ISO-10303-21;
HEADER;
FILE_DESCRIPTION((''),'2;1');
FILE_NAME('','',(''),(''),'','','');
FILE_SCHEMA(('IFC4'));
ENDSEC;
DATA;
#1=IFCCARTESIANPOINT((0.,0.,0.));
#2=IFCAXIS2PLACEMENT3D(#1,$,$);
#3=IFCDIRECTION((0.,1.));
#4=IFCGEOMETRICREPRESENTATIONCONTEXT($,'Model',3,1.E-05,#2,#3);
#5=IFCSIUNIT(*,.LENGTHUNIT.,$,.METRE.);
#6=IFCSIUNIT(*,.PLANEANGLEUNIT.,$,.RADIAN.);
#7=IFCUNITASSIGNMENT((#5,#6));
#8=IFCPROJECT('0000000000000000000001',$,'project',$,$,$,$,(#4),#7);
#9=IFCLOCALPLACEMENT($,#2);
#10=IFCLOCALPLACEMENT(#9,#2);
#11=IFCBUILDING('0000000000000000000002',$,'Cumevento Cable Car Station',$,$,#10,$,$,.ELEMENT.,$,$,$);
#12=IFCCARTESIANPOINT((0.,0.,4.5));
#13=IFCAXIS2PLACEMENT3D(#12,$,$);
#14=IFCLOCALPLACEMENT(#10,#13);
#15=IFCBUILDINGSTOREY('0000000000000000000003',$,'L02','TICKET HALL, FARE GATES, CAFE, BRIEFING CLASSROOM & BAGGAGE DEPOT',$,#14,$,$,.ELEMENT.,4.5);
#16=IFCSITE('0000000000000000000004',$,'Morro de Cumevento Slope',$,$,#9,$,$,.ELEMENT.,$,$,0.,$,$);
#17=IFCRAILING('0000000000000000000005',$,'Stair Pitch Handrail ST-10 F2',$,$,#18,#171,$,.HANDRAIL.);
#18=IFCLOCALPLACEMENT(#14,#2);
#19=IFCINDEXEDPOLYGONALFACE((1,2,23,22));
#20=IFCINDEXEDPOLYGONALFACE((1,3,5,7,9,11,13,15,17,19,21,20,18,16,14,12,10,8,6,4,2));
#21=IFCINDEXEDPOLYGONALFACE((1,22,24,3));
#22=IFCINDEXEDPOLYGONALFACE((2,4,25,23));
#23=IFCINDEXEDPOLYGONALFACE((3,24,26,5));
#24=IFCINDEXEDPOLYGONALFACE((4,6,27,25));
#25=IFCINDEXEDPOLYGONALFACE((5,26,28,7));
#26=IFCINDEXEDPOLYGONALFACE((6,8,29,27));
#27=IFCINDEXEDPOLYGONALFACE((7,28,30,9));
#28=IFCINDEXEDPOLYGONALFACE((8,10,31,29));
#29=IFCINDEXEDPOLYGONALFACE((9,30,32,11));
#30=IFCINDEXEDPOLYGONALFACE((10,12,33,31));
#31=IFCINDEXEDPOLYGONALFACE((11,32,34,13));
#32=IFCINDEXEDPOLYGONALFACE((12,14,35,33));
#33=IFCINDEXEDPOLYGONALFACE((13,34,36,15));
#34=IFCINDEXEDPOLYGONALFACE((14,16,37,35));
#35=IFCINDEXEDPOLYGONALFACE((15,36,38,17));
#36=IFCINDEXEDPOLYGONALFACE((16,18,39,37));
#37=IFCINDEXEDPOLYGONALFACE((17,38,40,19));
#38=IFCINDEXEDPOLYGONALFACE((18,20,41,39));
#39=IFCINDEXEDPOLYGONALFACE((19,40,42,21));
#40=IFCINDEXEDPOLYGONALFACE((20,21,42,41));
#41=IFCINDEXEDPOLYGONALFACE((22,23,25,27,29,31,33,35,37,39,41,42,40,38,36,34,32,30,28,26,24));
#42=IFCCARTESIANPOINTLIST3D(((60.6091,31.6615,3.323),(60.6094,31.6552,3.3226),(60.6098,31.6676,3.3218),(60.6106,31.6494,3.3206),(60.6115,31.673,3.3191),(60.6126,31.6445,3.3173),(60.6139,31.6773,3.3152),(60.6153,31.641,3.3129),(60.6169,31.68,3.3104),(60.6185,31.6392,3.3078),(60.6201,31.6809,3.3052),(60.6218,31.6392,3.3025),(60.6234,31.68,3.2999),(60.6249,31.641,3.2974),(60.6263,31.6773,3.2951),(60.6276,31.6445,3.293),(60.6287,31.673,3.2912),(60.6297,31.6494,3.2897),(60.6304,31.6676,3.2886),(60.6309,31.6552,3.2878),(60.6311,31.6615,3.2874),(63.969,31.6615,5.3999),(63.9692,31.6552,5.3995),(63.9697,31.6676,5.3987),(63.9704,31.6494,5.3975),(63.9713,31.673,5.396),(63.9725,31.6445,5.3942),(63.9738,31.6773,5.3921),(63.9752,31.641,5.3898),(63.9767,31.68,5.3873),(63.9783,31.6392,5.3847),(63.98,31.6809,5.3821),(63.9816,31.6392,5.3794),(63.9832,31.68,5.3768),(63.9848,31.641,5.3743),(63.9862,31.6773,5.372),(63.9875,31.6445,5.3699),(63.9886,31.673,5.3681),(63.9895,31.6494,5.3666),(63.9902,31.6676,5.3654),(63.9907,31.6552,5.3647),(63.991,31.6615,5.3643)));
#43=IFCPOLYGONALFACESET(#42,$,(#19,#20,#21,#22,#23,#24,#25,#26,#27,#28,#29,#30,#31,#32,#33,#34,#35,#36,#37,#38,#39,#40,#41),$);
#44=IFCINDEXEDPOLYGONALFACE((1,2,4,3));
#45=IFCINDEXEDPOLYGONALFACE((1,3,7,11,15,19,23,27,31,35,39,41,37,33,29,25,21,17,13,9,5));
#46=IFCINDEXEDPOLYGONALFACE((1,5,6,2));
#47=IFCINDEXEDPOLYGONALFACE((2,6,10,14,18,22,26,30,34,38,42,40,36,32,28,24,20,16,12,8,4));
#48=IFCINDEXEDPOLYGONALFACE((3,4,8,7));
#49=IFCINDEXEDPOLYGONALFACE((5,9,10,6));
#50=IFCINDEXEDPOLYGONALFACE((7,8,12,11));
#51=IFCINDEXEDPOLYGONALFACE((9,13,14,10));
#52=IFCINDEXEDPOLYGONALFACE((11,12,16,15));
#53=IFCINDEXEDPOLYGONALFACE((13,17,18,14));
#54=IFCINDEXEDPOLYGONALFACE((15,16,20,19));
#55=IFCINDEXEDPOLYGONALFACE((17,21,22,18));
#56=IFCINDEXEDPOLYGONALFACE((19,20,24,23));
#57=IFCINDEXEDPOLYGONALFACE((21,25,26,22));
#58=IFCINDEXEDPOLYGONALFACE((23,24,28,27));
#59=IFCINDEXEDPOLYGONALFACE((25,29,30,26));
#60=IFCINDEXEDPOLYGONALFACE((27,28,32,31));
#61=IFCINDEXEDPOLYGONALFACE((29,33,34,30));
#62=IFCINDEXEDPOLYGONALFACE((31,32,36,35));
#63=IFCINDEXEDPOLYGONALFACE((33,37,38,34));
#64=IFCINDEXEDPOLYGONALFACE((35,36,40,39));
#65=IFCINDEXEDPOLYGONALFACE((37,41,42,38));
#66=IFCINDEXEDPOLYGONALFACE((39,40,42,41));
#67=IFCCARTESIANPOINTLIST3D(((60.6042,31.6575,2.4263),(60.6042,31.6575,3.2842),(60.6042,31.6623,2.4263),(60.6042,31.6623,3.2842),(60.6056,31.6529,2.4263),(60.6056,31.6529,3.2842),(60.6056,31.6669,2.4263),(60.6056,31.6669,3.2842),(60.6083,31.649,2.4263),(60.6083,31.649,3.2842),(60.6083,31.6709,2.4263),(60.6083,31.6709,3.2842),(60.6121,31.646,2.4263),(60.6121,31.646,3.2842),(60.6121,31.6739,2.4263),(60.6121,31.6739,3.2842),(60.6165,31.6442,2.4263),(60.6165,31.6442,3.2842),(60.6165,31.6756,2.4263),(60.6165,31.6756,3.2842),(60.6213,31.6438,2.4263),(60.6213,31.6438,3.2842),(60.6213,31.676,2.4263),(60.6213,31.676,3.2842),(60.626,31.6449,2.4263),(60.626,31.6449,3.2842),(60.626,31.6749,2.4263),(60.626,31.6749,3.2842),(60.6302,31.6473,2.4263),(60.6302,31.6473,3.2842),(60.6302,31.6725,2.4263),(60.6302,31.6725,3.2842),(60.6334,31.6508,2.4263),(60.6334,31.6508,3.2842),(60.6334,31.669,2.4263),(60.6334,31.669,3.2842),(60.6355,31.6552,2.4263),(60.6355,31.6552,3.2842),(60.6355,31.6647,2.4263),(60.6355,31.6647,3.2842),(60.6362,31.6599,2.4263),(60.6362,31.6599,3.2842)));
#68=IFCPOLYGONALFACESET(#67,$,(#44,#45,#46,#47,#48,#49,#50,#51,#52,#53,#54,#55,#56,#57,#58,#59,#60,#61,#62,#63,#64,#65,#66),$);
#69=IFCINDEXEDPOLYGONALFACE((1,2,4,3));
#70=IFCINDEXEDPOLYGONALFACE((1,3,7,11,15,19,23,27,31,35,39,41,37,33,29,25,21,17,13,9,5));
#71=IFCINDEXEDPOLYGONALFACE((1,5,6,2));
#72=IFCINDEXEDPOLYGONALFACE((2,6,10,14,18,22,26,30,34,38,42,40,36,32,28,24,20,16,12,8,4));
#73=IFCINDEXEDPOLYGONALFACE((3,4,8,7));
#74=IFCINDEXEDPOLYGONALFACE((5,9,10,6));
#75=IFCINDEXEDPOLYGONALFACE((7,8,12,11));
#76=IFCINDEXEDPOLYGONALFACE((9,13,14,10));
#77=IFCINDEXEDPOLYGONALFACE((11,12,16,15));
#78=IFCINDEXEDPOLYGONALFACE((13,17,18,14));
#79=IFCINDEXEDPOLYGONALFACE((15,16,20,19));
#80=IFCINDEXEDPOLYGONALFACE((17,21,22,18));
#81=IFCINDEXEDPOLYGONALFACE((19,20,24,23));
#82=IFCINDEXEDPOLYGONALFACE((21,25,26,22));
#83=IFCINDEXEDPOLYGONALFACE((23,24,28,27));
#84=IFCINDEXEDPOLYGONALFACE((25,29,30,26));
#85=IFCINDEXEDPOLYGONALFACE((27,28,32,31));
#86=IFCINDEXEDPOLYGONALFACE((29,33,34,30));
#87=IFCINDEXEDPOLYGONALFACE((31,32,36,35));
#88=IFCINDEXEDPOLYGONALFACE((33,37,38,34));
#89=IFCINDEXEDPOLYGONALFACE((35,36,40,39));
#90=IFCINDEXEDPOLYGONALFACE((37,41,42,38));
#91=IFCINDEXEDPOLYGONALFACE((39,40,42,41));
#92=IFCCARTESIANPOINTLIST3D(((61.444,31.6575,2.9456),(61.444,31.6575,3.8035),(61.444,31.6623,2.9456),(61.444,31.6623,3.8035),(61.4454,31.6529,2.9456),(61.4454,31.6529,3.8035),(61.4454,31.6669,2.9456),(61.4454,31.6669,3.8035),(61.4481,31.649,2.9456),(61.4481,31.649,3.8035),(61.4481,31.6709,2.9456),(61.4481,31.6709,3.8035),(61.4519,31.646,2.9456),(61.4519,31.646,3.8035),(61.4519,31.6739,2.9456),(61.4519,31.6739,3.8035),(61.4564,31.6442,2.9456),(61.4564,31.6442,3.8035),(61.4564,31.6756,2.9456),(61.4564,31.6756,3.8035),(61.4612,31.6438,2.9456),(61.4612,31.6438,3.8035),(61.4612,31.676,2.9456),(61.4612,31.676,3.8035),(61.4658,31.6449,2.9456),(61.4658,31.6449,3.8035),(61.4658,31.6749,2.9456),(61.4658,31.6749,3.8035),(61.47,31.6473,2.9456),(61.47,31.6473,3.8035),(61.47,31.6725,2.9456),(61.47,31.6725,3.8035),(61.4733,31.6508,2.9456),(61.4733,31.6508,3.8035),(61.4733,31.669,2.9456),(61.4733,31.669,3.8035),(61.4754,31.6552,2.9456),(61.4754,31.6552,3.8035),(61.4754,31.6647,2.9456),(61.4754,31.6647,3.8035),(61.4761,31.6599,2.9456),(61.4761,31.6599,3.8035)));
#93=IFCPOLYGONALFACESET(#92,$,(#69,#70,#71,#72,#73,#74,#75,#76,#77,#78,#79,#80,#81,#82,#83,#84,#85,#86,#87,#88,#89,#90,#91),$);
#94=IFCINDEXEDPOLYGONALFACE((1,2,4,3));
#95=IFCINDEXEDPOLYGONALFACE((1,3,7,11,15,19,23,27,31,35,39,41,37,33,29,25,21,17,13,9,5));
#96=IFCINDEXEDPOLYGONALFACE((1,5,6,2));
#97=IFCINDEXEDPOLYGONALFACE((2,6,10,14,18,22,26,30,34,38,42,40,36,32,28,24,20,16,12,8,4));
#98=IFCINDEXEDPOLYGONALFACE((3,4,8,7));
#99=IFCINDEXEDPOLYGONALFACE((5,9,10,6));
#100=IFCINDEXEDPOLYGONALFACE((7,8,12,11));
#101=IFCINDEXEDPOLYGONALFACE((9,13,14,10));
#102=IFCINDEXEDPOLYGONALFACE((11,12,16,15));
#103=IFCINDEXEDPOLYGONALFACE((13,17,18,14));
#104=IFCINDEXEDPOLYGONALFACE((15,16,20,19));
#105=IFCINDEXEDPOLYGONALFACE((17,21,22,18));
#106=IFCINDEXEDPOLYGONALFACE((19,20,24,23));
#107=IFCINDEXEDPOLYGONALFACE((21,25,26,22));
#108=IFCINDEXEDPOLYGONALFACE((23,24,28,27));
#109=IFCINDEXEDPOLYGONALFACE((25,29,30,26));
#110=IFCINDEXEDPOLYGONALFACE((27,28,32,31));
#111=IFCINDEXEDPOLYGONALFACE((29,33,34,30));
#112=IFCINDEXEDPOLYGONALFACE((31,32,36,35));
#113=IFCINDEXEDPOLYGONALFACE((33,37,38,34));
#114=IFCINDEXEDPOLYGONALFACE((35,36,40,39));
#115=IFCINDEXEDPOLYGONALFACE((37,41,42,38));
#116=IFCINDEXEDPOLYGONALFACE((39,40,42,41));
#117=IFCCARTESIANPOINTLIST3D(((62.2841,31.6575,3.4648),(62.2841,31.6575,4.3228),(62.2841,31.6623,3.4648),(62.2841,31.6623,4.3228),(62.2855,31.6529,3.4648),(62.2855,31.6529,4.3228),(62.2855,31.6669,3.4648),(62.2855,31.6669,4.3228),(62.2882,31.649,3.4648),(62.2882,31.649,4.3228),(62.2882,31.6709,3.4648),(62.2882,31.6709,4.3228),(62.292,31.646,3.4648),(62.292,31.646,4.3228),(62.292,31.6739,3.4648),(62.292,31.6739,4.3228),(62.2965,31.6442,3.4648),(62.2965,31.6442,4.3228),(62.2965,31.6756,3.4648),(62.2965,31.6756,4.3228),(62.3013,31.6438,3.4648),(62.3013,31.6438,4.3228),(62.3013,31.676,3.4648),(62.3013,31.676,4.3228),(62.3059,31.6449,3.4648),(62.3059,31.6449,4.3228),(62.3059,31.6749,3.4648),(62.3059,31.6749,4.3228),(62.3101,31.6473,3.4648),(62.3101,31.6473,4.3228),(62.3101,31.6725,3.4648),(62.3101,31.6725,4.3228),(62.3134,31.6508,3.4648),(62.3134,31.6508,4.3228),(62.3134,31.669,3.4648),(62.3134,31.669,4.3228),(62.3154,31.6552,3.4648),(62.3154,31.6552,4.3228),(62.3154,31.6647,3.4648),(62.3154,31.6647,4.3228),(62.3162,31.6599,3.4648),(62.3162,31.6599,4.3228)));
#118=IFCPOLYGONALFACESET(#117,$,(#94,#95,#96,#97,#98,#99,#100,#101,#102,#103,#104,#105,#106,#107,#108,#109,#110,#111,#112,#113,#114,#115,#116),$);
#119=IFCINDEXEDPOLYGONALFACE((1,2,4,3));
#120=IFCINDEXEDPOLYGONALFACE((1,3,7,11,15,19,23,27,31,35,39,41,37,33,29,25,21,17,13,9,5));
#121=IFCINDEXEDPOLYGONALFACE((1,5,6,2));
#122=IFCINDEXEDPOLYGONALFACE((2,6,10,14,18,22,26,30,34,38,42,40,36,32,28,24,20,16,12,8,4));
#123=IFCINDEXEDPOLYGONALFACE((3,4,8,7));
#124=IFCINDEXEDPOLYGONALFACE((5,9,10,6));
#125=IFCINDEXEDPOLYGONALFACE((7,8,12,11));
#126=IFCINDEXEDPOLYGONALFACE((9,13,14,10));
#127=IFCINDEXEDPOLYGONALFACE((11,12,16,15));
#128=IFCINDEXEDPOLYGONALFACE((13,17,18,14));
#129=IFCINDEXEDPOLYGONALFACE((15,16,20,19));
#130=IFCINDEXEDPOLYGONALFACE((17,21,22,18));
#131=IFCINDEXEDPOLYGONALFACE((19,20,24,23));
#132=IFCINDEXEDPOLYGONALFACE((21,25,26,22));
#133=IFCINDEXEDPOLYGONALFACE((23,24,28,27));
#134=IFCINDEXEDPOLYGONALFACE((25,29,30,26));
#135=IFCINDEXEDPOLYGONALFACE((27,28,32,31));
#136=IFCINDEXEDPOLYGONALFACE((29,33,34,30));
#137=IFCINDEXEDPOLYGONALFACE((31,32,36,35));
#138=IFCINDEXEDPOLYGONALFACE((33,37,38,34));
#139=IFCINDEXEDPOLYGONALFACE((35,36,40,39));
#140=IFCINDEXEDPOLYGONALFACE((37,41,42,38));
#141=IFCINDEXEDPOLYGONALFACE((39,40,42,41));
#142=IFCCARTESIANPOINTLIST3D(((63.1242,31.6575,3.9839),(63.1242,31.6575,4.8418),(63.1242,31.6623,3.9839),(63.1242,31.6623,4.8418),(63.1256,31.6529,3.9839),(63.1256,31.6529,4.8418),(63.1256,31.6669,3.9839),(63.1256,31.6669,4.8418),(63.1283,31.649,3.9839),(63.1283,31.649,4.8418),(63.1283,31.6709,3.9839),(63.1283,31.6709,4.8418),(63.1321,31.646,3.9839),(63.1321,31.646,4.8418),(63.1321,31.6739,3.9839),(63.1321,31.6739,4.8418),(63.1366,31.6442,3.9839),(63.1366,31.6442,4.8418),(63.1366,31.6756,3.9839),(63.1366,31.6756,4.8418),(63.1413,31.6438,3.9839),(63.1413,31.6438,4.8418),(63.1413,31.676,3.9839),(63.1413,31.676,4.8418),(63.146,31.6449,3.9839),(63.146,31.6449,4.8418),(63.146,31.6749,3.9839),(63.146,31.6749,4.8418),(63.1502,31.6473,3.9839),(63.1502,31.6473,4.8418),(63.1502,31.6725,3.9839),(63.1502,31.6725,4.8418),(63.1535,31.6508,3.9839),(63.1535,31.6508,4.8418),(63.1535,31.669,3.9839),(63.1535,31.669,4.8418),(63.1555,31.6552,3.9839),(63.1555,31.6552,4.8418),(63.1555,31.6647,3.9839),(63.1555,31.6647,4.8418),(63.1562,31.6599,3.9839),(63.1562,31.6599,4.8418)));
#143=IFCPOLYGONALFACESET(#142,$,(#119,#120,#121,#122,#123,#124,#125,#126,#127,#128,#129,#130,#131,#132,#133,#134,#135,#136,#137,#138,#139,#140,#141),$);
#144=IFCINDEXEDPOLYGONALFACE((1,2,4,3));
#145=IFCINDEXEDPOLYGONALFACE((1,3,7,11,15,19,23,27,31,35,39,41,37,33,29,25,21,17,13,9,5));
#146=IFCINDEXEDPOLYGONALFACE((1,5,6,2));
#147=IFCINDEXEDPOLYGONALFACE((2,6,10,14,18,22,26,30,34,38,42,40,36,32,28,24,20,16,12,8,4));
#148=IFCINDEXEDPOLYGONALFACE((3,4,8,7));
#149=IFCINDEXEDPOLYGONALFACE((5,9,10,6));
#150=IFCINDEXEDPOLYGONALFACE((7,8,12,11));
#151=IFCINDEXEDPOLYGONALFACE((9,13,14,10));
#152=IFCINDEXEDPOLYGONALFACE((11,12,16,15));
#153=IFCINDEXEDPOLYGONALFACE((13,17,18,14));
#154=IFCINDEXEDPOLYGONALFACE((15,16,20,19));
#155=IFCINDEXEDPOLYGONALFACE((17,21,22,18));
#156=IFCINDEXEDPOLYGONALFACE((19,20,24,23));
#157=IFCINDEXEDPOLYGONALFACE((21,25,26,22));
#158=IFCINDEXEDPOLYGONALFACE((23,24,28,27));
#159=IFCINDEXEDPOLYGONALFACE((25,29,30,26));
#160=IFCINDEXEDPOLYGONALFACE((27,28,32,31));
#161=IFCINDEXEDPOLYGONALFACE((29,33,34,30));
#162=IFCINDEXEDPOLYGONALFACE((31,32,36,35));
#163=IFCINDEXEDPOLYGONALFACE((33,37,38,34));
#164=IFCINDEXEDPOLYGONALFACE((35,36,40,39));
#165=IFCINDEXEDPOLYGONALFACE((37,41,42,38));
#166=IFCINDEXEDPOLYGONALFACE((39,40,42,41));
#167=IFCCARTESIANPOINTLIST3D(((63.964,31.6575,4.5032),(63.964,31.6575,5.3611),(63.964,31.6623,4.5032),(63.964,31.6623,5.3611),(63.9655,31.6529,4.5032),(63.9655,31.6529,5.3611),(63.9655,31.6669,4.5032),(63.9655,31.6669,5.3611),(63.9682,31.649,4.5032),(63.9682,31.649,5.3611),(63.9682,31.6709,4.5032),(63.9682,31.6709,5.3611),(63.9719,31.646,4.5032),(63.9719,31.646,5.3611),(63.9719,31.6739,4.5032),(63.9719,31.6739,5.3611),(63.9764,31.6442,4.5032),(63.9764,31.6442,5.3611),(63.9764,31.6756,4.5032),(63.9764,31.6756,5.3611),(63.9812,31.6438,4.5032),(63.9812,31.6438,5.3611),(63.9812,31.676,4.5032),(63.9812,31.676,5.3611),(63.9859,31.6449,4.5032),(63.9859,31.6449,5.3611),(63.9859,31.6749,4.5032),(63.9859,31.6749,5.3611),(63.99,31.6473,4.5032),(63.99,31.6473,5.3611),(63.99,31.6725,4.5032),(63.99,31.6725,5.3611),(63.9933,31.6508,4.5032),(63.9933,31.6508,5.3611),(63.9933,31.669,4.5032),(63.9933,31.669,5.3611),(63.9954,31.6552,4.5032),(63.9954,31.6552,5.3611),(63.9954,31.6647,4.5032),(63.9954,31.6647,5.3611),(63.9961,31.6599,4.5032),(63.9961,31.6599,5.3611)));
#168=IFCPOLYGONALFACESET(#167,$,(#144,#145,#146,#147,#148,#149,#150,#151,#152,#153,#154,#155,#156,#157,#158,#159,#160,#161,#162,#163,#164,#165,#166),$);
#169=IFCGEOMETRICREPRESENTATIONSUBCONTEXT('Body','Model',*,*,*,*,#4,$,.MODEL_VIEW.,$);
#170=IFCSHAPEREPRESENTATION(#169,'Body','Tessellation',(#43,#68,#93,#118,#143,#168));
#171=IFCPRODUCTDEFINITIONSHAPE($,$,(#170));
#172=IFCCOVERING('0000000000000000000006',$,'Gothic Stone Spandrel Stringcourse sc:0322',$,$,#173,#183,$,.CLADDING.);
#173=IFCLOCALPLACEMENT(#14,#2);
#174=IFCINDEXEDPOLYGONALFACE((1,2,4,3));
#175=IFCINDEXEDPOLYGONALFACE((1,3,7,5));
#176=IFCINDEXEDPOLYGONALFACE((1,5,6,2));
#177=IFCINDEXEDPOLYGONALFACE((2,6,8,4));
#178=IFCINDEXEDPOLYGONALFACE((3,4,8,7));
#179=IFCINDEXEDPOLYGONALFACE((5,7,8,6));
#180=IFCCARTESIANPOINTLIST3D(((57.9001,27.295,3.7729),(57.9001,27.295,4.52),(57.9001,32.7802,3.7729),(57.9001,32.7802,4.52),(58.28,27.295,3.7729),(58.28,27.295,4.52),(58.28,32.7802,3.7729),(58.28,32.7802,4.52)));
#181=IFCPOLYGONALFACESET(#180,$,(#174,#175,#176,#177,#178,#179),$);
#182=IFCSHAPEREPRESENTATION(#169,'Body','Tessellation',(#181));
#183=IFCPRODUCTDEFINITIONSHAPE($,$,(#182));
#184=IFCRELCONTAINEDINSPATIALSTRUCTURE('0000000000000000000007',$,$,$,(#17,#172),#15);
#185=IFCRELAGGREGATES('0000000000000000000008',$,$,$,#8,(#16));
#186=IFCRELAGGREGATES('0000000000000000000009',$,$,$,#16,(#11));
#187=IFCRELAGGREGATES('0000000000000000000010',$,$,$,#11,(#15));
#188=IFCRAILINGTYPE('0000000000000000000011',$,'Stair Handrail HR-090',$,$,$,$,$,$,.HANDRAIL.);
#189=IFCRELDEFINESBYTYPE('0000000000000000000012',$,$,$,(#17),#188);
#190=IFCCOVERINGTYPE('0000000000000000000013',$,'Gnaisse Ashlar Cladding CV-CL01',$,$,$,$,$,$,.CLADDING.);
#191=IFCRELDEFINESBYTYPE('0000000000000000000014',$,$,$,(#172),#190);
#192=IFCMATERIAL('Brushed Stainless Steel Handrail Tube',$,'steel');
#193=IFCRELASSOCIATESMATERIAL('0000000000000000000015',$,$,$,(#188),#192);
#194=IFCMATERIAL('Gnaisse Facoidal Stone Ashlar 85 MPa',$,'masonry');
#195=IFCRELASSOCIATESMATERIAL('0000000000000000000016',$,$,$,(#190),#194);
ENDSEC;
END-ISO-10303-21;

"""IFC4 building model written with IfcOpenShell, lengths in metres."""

from ifc_helpers import new_model, si_unit, direction, frame, origin, origin_2d, place, context, subcontext, project, spatial, rectangle, circle, extrude, material, type_object, element, save


model = new_model("IFC4")

# Units and contexts
model_context = context("Model", 3, precision=1e-05, world=origin(), true_north=direction((0.0, 1.0)))
body_context = subcontext(model_context, "Body", "Model", "MODEL_VIEW")
ifc_project = project(units=[si_unit("LENGTHUNIT", "METRE"), si_unit("PLANEANGLEUNIT", "RADIAN")], contexts=[model_context])

# Site, building, storey
site_placement = place(None, origin())
site = spatial("IfcSite", under=ifc_project, at=site_placement, Name="Morro de Cumevento Slope", CompositionType="ELEMENT", RefElevation=0.0)
building_placement = place(site_placement, origin())
building = spatial("IfcBuilding", under=site, at=building_placement, Name="Cumevento Cable Car Station", CompositionType="ELEMENT")
storey_placement = place(building_placement, frame((0.0, 0.0, 4.5)))
storey = spatial("IfcBuildingStorey", under=building, at=storey_placement, Name="L02", Description="TICKET HALL, FARE GATES, CAFE, BRIEFING CLASSROOM & BAGGAGE DEPOT", CompositionType="ELEMENT", Elevation=4.5)

# Railing
ifc_material_1 = material(Name="Brushed Stainless Steel Handrail Tube", Category="steel")
railing_type_1 = type_object("IfcRailingType", Name="Stair Handrail HR-090", PredefinedType="HANDRAIL", material=ifc_material_1)
railing_1_placement = place(storey_placement, frame((60.6201, 31.6599, 2.4263)))
element("IfcRailing", 1, at=railing_1_placement, inside=storey, type_object=railing_type_1, Name="Stair Pitch Handrail ST-10 F2", PredefinedType="HANDRAIL", context=body_context, shape_type="SweptSolid", body=[
    extrude(circle(Radius=0.021, at=origin_2d()), frame((0.0, 0.0, 0.8789), z_axis=(0.850606, 0.0, 0.525803), x_axis=(0.0, 1.0, 0.0)), (0.0, 0.0, 1.0), 3.95),
    extrude(circle(Radius=0.0161, at=origin_2d()), origin(), (0.0, 0.0, 1.0), 0.8579),
    extrude(circle(Radius=0.0161, at=origin_2d()), frame((0.8398, 0.0, 0.5193)), (0.0, 0.0, 1.0), 0.8579),
    extrude(circle(Radius=0.0161, at=origin_2d()), frame((1.6799, 0.0, 1.0386)), (0.0, 0.0, 1.0), 0.8579),
    extrude(circle(Radius=0.0161, at=origin_2d()), frame((2.52, 0.0, 1.5576)), (0.0, 0.0, 1.0), 0.8579),
    extrude(circle(Radius=0.0161, at=origin_2d()), frame((3.3599, 0.0, 2.0769)), (0.0, 0.0, 1.0), 0.8579),
])

# Covering
ifc_material_2 = material(Name="Gnaisse Facoidal Stone Ashlar 85 MPa", Category="masonry")
covering_type = type_object("IfcCoveringType", Name="Gnaisse Ashlar Cladding CV-CL01", PredefinedType="CLADDING", material=ifc_material_2)
covering_1_placement = place(storey_placement, frame((58.0901, 30.0376, 3.7729), z_axis=(0.0, 0.0, 1.0), x_axis=(0.0, 1.0, 0.0)))
element("IfcCovering", 2, at=covering_1_placement, inside=storey, type_object=covering_type, Name="Gothic Stone Spandrel Stringcourse sc:0322", PredefinedType="CLADDING", context=body_context, shape_type="SweptSolid", body=[
    extrude(rectangle(XDim=5.4851, YDim=0.3799, at=origin_2d()), origin(), (0.0, 0.0, 1.0), 0.7471),
])

save(model, "model.ifc")
